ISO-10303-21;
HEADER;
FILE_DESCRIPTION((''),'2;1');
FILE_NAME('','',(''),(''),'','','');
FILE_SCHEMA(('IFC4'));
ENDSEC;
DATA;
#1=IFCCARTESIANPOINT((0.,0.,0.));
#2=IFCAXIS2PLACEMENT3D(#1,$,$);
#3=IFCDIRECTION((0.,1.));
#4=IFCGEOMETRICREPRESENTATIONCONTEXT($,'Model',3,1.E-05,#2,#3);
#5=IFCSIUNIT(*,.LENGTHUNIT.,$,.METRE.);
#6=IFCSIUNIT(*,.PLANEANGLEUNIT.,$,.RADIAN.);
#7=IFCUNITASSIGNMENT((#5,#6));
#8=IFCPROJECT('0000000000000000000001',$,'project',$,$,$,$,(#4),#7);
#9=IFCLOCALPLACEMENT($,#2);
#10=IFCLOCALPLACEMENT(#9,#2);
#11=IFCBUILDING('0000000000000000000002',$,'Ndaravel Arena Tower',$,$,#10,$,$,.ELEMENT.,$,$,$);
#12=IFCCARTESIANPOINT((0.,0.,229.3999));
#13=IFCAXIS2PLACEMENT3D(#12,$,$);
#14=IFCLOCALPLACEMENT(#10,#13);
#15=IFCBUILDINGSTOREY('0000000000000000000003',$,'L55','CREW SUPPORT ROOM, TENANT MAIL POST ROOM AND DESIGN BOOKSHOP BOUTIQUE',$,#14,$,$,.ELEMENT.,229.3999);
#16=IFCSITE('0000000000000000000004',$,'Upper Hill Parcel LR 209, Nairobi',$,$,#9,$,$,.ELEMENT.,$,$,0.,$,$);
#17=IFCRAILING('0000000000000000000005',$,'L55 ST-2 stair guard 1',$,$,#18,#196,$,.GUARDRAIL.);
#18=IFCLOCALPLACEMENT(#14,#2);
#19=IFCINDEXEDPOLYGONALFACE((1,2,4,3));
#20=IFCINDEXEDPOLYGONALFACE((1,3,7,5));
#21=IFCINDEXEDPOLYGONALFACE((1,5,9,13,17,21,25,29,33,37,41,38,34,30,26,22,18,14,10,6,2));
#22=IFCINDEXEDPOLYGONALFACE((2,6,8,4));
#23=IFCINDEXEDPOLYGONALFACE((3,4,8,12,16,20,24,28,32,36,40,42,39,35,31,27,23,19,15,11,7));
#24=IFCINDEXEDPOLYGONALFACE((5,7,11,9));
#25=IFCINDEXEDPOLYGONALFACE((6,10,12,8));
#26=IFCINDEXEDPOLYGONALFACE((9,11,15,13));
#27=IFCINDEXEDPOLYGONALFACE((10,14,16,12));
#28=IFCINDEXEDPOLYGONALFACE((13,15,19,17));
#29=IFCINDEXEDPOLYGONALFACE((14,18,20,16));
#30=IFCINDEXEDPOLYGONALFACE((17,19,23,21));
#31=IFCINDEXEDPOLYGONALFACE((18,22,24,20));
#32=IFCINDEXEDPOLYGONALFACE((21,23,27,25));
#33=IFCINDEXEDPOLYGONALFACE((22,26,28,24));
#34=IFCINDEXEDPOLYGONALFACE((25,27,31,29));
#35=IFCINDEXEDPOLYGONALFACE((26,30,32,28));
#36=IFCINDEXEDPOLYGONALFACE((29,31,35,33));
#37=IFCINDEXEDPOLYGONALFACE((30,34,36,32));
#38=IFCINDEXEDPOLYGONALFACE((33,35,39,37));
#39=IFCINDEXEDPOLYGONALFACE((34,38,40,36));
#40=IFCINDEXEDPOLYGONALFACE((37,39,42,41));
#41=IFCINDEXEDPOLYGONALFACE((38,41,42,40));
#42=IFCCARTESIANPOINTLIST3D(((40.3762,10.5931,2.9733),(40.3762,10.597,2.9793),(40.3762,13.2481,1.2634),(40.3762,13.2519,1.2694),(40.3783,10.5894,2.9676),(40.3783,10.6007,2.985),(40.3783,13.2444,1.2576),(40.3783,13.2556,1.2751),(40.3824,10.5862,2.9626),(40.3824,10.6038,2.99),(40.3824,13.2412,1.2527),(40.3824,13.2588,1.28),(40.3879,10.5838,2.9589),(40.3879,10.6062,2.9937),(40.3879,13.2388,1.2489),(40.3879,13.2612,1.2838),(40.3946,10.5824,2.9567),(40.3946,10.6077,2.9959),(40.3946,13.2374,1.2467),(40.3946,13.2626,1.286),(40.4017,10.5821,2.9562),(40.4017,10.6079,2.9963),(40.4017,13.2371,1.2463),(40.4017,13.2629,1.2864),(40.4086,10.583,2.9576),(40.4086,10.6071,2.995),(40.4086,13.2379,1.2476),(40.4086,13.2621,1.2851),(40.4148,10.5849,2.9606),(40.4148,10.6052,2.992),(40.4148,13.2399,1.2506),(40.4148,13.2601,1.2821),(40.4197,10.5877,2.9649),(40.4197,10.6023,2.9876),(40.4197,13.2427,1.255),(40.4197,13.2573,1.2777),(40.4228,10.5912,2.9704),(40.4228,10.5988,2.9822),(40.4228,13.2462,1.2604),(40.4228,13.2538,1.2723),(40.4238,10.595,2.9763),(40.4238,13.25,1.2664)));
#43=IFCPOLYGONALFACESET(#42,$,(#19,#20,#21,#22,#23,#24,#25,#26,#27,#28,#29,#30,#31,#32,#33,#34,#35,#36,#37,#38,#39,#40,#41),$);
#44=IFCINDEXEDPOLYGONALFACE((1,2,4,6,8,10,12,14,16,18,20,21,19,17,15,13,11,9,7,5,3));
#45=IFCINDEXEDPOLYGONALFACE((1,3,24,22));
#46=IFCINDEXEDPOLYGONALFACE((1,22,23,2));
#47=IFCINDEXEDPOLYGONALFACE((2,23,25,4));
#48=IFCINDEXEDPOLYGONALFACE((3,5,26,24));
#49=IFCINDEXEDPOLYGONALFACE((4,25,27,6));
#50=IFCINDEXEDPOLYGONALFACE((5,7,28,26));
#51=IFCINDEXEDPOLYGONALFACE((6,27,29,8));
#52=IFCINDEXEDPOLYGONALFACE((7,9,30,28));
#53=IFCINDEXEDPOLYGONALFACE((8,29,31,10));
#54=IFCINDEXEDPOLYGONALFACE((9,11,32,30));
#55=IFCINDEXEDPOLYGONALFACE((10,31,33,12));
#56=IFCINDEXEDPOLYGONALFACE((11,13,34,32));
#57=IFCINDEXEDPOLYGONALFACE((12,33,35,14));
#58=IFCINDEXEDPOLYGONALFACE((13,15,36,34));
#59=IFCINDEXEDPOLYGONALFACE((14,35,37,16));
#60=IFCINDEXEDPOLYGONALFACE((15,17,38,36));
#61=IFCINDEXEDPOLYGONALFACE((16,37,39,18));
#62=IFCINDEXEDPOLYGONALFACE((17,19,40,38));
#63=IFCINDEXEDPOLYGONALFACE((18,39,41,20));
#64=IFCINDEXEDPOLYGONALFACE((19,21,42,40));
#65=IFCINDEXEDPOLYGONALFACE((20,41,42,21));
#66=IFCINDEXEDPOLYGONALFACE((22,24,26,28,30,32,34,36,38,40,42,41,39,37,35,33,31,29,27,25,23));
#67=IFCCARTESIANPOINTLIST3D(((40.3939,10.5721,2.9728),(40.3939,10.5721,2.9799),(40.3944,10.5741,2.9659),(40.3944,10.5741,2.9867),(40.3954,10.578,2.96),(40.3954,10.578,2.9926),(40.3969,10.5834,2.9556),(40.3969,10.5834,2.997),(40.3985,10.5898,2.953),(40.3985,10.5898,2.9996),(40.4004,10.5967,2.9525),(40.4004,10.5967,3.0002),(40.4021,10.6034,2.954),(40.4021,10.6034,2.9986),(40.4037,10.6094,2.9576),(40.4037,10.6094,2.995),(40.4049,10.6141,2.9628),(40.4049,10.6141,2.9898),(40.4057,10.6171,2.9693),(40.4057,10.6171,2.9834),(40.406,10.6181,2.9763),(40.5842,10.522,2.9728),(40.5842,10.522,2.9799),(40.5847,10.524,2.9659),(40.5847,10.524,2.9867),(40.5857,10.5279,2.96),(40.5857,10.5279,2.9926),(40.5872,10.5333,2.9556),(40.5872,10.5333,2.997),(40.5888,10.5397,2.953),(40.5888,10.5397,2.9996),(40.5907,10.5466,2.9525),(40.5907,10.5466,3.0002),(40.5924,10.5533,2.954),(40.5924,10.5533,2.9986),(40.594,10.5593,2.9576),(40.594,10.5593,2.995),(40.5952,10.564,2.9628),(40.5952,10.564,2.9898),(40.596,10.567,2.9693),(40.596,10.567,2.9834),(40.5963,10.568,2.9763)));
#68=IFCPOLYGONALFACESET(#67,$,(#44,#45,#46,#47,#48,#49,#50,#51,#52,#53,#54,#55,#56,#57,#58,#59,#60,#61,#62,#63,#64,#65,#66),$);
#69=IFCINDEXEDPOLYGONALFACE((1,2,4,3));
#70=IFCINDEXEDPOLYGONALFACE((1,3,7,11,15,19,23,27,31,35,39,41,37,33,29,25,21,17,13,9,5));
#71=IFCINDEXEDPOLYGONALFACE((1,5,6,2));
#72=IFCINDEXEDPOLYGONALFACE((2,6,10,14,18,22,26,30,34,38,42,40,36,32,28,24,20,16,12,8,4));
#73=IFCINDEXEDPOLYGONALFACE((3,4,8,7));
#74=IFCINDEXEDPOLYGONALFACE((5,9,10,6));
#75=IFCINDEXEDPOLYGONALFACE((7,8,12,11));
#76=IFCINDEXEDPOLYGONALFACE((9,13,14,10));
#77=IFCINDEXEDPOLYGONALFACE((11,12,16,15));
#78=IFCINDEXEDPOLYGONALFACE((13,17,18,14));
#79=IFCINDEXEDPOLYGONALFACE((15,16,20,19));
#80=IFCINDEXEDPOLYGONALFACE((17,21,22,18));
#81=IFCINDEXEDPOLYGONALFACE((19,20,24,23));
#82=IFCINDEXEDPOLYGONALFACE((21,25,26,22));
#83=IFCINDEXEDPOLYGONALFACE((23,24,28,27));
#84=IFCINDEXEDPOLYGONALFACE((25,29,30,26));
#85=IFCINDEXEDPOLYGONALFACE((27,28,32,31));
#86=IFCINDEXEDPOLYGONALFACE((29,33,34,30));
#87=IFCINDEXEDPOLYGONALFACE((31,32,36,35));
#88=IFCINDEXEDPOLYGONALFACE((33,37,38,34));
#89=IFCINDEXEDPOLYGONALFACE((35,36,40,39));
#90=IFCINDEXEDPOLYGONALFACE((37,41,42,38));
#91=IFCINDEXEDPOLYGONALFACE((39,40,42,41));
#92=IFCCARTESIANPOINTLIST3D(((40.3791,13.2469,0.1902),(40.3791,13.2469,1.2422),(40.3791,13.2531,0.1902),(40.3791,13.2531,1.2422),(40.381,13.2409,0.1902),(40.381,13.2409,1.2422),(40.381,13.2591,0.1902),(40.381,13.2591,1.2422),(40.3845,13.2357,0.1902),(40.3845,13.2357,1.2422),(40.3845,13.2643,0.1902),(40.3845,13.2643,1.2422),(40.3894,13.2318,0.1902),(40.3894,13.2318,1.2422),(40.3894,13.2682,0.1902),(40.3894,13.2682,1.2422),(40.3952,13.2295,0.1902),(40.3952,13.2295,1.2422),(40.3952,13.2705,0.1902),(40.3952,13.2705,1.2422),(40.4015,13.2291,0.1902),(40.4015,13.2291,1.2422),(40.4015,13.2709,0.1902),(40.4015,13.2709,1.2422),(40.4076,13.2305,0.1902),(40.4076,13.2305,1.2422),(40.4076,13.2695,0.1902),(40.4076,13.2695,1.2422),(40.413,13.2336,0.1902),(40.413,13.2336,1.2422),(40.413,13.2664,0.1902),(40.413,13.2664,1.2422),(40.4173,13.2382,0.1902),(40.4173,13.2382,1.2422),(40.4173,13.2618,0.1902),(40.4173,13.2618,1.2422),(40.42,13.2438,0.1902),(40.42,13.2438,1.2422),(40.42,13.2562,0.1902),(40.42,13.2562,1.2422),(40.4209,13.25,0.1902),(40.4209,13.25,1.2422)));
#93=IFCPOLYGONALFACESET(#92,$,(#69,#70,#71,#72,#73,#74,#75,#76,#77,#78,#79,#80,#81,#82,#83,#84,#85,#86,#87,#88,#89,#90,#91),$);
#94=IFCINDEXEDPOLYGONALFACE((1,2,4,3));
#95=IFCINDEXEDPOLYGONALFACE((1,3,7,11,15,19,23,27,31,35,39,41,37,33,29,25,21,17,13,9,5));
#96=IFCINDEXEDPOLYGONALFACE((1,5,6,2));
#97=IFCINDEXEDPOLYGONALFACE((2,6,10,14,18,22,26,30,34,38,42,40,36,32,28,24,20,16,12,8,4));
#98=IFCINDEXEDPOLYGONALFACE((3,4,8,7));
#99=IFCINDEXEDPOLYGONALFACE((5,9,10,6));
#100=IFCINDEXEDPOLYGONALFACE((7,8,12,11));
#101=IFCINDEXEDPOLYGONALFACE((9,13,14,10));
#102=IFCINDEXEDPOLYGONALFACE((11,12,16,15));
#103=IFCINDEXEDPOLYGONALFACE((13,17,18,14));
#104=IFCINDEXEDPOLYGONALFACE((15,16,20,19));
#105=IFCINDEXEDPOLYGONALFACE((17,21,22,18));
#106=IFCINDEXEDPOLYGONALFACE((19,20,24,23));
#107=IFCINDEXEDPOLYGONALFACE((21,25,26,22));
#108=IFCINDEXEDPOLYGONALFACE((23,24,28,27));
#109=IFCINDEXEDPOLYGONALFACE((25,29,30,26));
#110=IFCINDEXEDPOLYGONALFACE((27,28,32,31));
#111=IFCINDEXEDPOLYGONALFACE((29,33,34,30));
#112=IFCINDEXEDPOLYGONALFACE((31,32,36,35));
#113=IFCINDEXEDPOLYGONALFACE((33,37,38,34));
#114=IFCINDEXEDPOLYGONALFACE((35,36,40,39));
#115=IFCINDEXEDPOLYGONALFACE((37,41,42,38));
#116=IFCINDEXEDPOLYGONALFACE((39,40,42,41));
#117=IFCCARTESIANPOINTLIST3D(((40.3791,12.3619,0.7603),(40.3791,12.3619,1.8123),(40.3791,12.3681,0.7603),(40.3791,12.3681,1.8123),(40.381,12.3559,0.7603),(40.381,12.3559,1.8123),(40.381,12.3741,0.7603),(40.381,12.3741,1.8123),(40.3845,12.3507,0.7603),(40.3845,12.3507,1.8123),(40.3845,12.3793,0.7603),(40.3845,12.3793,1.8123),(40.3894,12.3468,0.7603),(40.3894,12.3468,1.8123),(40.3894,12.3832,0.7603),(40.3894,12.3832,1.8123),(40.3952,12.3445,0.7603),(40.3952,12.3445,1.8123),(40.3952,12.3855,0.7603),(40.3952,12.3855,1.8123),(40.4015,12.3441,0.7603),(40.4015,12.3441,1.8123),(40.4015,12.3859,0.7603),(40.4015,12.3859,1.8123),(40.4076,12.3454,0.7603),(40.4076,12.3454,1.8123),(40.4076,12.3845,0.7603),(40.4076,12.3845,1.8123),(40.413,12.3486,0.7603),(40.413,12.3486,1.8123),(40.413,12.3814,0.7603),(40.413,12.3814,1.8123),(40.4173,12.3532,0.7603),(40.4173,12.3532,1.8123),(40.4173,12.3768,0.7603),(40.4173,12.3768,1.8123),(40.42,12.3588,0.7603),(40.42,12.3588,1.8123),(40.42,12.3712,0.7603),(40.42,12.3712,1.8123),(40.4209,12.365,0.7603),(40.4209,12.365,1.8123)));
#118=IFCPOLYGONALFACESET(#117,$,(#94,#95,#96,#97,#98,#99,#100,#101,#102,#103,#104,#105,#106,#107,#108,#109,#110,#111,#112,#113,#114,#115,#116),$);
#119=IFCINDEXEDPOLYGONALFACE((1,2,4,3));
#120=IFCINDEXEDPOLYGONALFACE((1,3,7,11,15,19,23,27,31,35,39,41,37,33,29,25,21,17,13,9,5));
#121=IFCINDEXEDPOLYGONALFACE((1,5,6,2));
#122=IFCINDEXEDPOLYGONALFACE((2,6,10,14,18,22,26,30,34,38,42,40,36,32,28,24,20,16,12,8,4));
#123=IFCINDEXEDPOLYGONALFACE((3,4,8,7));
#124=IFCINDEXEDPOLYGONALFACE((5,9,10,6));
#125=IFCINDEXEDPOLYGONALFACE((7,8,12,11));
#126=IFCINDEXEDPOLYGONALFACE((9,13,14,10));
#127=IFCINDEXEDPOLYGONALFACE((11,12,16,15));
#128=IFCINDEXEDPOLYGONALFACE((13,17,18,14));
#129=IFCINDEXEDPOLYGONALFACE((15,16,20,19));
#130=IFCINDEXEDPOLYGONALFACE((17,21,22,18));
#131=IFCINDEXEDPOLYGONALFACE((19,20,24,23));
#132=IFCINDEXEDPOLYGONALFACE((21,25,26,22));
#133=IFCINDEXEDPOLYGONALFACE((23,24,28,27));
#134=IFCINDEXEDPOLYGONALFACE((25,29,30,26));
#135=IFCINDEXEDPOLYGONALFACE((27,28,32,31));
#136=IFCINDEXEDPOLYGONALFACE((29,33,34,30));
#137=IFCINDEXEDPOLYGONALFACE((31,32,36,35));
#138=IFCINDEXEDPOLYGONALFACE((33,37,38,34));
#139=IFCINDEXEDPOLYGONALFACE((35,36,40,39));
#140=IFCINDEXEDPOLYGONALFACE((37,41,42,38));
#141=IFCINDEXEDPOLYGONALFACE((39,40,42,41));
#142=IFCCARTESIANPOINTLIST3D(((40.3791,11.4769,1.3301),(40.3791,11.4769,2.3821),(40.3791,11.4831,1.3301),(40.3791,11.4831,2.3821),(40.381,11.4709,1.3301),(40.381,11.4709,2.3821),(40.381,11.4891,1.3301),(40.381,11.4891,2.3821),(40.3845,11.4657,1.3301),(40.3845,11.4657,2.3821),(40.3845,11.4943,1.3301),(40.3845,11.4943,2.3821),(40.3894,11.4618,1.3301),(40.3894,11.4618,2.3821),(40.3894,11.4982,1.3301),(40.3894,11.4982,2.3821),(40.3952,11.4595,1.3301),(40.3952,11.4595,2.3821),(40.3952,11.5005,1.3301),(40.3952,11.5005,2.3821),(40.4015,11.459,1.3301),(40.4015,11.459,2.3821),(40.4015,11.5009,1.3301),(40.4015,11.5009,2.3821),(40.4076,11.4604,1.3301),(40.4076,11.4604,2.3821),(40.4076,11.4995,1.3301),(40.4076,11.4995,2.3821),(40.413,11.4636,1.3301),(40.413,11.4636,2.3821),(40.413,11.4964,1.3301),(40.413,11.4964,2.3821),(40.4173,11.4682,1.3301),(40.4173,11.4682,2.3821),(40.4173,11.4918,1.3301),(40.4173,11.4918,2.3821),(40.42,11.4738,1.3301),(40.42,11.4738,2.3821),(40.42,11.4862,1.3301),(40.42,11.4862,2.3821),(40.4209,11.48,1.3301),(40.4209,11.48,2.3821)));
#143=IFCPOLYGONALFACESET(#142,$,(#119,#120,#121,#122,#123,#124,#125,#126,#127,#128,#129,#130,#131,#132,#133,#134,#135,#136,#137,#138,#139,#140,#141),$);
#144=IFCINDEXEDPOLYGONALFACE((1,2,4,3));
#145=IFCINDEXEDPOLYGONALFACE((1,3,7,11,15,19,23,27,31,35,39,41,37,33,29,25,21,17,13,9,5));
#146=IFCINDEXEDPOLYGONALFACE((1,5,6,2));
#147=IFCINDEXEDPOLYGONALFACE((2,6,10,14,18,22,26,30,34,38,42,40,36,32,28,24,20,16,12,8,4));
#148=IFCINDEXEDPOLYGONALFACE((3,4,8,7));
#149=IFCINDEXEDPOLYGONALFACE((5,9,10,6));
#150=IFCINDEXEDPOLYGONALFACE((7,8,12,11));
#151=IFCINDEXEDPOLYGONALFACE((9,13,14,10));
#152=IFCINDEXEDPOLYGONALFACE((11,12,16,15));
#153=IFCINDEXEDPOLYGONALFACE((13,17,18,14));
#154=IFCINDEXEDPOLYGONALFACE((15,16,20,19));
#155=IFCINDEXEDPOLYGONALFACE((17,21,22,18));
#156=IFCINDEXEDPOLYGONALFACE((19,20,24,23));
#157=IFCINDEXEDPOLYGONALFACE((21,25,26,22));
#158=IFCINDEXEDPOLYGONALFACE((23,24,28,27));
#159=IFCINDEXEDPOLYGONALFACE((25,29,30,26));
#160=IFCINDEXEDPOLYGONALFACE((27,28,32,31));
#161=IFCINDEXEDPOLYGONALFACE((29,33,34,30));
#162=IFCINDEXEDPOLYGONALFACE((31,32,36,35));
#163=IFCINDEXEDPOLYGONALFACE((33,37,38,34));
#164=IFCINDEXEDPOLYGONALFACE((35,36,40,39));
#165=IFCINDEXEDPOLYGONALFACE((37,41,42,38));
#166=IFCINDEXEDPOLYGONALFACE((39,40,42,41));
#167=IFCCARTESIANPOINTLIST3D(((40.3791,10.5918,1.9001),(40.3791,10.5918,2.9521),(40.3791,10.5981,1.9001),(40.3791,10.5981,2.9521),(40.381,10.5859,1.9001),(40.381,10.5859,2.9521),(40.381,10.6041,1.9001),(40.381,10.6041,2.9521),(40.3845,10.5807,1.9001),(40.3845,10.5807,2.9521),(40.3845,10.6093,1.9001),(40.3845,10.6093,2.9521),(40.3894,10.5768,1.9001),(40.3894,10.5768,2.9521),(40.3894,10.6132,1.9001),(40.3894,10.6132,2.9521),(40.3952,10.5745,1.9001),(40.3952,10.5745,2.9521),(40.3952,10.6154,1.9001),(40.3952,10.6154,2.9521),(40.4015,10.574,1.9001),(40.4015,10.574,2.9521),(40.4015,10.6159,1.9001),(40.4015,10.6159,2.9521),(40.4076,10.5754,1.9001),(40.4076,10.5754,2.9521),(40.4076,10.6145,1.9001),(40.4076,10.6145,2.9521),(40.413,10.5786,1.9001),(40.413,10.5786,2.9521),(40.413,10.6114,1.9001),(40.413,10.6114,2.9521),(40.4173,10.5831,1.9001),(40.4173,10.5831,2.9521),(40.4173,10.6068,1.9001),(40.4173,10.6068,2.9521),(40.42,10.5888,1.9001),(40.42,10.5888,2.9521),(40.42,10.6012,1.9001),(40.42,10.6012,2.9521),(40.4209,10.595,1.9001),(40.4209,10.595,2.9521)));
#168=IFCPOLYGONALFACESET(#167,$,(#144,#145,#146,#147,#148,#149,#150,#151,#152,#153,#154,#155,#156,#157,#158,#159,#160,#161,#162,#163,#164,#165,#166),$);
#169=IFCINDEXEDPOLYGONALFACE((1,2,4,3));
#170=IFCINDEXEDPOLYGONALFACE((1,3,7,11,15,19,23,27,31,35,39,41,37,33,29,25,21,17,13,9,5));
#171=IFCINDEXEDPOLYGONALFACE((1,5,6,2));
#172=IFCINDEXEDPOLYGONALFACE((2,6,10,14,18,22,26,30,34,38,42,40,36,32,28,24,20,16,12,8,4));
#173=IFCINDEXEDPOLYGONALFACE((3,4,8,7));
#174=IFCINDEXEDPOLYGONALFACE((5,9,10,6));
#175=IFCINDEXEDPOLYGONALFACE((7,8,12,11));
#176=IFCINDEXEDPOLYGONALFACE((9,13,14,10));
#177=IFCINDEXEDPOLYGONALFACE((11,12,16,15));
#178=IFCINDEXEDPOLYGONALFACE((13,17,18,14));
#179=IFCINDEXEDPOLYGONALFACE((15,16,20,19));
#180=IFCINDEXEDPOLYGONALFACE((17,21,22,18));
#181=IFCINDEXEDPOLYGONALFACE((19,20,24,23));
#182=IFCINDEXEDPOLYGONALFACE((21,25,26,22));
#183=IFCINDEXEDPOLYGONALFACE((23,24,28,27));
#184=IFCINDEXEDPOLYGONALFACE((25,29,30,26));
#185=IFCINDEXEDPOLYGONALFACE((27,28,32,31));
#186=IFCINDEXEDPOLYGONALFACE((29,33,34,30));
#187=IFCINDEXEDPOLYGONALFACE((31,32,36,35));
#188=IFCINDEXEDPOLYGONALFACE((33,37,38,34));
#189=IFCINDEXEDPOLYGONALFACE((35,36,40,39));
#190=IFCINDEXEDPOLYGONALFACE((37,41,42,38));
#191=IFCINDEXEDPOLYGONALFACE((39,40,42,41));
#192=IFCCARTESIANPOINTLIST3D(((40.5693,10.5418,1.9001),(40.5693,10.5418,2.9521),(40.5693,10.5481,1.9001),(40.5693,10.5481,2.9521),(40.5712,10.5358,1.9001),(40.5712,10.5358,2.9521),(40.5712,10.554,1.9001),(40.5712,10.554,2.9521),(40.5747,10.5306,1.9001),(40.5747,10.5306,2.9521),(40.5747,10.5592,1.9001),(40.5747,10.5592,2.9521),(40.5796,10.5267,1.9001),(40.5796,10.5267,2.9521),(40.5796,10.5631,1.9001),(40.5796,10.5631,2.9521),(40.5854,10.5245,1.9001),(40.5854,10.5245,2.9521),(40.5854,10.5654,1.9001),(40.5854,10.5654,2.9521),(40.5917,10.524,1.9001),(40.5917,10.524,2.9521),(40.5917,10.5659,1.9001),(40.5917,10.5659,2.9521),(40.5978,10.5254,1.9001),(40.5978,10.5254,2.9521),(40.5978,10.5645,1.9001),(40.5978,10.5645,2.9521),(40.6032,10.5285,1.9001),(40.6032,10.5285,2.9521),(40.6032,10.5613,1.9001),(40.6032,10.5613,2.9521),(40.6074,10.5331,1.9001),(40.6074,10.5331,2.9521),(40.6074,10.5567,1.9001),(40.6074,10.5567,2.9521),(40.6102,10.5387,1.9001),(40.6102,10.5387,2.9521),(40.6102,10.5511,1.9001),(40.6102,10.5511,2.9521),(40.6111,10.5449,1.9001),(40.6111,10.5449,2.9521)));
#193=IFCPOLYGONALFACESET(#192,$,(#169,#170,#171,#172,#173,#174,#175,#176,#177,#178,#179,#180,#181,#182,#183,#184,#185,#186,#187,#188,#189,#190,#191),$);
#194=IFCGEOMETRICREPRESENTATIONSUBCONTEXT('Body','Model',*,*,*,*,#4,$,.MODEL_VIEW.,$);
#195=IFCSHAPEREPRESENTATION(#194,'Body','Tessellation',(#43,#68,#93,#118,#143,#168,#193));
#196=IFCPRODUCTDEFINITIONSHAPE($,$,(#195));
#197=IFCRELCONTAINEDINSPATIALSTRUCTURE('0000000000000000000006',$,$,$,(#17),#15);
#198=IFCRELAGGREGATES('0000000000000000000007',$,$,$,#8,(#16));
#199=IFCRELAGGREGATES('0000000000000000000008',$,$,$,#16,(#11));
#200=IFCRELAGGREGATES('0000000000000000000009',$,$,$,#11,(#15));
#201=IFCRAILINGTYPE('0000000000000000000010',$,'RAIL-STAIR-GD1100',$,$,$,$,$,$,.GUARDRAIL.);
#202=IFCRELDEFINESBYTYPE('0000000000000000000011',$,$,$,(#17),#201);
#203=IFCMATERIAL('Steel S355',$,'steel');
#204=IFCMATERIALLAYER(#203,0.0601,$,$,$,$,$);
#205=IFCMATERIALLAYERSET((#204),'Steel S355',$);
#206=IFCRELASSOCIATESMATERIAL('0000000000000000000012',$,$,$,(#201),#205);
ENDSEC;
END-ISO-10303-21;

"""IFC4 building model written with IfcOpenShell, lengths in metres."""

from ifc_helpers import new_model, si_unit, direction, frame, origin, origin_2d, place, context, subcontext, project, spatial, circle, extrude, material, layer, layer_set, type_object, element, save


model = new_model("IFC4")

# Units and contexts
model_context = context("Model", 3, precision=1e-05, world=origin(), true_north=direction((0.0, 1.0)))
body_context = subcontext(model_context, "Body", "Model", "MODEL_VIEW")
ifc_project = project(units=[si_unit("LENGTHUNIT", "METRE"), si_unit("PLANEANGLEUNIT", "RADIAN")], contexts=[model_context])

# Site, building, storey
site_placement = place(None, origin())
site = spatial("IfcSite", under=ifc_project, at=site_placement, Name="Upper Hill Parcel LR 209, Nairobi", CompositionType="ELEMENT", RefElevation=0.0)
building_placement = place(site_placement, origin())
building = spatial("IfcBuilding", under=site, at=building_placement, Name="Ndaravel Arena Tower", CompositionType="ELEMENT")
storey_placement = place(building_placement, frame((0.0, 0.0, 229.3999)))
storey = spatial("IfcBuildingStorey", under=building, at=storey_placement, Name="L55", Description="CREW SUPPORT ROOM, TENANT MAIL POST ROOM AND DESIGN BOOKSHOP BOUTIQUE", CompositionType="ELEMENT", Elevation=229.3999)

# Railing
ifc_material_1 = material(Name="Steel S355", Category="steel")
ifc_layer_1 = layer(ifc_material_1, 0.0601)
ifc_layer_set_1 = layer_set([ifc_layer_1], Name="Steel S355")
railing_type_1 = type_object("IfcRailingType", Name="RAIL-STAIR-GD1100", PredefinedType="GUARDRAIL", material=ifc_layer_set_1)
railing_1_placement = place(storey_placement, frame((40.3999, 13.25, 0.1902)))
element("IfcRailing", 1, at=railing_1_placement, inside=storey, type_object=railing_type_1, Name="L55 ST-2 stair guard 1", PredefinedType="GUARDRAIL", context=body_context, shape_type="SweptSolid", body=[
    extrude(circle(Radius=0.0239, at=origin_2d()), frame((0.0, 0.0, 1.0762), z_axis=(0.0, -0.840724, 0.541465), x_axis=(1.0, 0.0, 0.0)), (0.0, 0.0, 1.0), 3.158),
    extrude(circle(Radius=0.0239, at=origin_2d()), frame((0.0, -2.655, 2.7861), z_axis=(0.967075, -0.254493, 0.0), x_axis=(0.254493, 0.967075, 0.0)), (0.0, 0.0, 1.0), 0.1968),
    extrude(circle(Radius=0.021, at=origin_2d()), origin(), (0.0, 0.0, 1.0), 1.052),
    extrude(circle(Radius=0.021, at=origin_2d()), frame((0.0, -0.885, 0.5701)), (0.0, 0.0, 1.0), 1.052),
    extrude(circle(Radius=0.021, at=origin_2d()), frame((0.0, -1.77, 1.1399)), (0.0, 0.0, 1.0), 1.052),
    extrude(circle(Radius=0.021, at=origin_2d()), frame((0.0, -2.655, 1.71)), (0.0, 0.0, 1.0), 1.052),
    extrude(circle(Radius=0.021, at=origin_2d()), frame((0.1902, -2.7051, 1.71)), (0.0, 0.0, 1.0), 1.052),
])

save(model, "model.ifc")
